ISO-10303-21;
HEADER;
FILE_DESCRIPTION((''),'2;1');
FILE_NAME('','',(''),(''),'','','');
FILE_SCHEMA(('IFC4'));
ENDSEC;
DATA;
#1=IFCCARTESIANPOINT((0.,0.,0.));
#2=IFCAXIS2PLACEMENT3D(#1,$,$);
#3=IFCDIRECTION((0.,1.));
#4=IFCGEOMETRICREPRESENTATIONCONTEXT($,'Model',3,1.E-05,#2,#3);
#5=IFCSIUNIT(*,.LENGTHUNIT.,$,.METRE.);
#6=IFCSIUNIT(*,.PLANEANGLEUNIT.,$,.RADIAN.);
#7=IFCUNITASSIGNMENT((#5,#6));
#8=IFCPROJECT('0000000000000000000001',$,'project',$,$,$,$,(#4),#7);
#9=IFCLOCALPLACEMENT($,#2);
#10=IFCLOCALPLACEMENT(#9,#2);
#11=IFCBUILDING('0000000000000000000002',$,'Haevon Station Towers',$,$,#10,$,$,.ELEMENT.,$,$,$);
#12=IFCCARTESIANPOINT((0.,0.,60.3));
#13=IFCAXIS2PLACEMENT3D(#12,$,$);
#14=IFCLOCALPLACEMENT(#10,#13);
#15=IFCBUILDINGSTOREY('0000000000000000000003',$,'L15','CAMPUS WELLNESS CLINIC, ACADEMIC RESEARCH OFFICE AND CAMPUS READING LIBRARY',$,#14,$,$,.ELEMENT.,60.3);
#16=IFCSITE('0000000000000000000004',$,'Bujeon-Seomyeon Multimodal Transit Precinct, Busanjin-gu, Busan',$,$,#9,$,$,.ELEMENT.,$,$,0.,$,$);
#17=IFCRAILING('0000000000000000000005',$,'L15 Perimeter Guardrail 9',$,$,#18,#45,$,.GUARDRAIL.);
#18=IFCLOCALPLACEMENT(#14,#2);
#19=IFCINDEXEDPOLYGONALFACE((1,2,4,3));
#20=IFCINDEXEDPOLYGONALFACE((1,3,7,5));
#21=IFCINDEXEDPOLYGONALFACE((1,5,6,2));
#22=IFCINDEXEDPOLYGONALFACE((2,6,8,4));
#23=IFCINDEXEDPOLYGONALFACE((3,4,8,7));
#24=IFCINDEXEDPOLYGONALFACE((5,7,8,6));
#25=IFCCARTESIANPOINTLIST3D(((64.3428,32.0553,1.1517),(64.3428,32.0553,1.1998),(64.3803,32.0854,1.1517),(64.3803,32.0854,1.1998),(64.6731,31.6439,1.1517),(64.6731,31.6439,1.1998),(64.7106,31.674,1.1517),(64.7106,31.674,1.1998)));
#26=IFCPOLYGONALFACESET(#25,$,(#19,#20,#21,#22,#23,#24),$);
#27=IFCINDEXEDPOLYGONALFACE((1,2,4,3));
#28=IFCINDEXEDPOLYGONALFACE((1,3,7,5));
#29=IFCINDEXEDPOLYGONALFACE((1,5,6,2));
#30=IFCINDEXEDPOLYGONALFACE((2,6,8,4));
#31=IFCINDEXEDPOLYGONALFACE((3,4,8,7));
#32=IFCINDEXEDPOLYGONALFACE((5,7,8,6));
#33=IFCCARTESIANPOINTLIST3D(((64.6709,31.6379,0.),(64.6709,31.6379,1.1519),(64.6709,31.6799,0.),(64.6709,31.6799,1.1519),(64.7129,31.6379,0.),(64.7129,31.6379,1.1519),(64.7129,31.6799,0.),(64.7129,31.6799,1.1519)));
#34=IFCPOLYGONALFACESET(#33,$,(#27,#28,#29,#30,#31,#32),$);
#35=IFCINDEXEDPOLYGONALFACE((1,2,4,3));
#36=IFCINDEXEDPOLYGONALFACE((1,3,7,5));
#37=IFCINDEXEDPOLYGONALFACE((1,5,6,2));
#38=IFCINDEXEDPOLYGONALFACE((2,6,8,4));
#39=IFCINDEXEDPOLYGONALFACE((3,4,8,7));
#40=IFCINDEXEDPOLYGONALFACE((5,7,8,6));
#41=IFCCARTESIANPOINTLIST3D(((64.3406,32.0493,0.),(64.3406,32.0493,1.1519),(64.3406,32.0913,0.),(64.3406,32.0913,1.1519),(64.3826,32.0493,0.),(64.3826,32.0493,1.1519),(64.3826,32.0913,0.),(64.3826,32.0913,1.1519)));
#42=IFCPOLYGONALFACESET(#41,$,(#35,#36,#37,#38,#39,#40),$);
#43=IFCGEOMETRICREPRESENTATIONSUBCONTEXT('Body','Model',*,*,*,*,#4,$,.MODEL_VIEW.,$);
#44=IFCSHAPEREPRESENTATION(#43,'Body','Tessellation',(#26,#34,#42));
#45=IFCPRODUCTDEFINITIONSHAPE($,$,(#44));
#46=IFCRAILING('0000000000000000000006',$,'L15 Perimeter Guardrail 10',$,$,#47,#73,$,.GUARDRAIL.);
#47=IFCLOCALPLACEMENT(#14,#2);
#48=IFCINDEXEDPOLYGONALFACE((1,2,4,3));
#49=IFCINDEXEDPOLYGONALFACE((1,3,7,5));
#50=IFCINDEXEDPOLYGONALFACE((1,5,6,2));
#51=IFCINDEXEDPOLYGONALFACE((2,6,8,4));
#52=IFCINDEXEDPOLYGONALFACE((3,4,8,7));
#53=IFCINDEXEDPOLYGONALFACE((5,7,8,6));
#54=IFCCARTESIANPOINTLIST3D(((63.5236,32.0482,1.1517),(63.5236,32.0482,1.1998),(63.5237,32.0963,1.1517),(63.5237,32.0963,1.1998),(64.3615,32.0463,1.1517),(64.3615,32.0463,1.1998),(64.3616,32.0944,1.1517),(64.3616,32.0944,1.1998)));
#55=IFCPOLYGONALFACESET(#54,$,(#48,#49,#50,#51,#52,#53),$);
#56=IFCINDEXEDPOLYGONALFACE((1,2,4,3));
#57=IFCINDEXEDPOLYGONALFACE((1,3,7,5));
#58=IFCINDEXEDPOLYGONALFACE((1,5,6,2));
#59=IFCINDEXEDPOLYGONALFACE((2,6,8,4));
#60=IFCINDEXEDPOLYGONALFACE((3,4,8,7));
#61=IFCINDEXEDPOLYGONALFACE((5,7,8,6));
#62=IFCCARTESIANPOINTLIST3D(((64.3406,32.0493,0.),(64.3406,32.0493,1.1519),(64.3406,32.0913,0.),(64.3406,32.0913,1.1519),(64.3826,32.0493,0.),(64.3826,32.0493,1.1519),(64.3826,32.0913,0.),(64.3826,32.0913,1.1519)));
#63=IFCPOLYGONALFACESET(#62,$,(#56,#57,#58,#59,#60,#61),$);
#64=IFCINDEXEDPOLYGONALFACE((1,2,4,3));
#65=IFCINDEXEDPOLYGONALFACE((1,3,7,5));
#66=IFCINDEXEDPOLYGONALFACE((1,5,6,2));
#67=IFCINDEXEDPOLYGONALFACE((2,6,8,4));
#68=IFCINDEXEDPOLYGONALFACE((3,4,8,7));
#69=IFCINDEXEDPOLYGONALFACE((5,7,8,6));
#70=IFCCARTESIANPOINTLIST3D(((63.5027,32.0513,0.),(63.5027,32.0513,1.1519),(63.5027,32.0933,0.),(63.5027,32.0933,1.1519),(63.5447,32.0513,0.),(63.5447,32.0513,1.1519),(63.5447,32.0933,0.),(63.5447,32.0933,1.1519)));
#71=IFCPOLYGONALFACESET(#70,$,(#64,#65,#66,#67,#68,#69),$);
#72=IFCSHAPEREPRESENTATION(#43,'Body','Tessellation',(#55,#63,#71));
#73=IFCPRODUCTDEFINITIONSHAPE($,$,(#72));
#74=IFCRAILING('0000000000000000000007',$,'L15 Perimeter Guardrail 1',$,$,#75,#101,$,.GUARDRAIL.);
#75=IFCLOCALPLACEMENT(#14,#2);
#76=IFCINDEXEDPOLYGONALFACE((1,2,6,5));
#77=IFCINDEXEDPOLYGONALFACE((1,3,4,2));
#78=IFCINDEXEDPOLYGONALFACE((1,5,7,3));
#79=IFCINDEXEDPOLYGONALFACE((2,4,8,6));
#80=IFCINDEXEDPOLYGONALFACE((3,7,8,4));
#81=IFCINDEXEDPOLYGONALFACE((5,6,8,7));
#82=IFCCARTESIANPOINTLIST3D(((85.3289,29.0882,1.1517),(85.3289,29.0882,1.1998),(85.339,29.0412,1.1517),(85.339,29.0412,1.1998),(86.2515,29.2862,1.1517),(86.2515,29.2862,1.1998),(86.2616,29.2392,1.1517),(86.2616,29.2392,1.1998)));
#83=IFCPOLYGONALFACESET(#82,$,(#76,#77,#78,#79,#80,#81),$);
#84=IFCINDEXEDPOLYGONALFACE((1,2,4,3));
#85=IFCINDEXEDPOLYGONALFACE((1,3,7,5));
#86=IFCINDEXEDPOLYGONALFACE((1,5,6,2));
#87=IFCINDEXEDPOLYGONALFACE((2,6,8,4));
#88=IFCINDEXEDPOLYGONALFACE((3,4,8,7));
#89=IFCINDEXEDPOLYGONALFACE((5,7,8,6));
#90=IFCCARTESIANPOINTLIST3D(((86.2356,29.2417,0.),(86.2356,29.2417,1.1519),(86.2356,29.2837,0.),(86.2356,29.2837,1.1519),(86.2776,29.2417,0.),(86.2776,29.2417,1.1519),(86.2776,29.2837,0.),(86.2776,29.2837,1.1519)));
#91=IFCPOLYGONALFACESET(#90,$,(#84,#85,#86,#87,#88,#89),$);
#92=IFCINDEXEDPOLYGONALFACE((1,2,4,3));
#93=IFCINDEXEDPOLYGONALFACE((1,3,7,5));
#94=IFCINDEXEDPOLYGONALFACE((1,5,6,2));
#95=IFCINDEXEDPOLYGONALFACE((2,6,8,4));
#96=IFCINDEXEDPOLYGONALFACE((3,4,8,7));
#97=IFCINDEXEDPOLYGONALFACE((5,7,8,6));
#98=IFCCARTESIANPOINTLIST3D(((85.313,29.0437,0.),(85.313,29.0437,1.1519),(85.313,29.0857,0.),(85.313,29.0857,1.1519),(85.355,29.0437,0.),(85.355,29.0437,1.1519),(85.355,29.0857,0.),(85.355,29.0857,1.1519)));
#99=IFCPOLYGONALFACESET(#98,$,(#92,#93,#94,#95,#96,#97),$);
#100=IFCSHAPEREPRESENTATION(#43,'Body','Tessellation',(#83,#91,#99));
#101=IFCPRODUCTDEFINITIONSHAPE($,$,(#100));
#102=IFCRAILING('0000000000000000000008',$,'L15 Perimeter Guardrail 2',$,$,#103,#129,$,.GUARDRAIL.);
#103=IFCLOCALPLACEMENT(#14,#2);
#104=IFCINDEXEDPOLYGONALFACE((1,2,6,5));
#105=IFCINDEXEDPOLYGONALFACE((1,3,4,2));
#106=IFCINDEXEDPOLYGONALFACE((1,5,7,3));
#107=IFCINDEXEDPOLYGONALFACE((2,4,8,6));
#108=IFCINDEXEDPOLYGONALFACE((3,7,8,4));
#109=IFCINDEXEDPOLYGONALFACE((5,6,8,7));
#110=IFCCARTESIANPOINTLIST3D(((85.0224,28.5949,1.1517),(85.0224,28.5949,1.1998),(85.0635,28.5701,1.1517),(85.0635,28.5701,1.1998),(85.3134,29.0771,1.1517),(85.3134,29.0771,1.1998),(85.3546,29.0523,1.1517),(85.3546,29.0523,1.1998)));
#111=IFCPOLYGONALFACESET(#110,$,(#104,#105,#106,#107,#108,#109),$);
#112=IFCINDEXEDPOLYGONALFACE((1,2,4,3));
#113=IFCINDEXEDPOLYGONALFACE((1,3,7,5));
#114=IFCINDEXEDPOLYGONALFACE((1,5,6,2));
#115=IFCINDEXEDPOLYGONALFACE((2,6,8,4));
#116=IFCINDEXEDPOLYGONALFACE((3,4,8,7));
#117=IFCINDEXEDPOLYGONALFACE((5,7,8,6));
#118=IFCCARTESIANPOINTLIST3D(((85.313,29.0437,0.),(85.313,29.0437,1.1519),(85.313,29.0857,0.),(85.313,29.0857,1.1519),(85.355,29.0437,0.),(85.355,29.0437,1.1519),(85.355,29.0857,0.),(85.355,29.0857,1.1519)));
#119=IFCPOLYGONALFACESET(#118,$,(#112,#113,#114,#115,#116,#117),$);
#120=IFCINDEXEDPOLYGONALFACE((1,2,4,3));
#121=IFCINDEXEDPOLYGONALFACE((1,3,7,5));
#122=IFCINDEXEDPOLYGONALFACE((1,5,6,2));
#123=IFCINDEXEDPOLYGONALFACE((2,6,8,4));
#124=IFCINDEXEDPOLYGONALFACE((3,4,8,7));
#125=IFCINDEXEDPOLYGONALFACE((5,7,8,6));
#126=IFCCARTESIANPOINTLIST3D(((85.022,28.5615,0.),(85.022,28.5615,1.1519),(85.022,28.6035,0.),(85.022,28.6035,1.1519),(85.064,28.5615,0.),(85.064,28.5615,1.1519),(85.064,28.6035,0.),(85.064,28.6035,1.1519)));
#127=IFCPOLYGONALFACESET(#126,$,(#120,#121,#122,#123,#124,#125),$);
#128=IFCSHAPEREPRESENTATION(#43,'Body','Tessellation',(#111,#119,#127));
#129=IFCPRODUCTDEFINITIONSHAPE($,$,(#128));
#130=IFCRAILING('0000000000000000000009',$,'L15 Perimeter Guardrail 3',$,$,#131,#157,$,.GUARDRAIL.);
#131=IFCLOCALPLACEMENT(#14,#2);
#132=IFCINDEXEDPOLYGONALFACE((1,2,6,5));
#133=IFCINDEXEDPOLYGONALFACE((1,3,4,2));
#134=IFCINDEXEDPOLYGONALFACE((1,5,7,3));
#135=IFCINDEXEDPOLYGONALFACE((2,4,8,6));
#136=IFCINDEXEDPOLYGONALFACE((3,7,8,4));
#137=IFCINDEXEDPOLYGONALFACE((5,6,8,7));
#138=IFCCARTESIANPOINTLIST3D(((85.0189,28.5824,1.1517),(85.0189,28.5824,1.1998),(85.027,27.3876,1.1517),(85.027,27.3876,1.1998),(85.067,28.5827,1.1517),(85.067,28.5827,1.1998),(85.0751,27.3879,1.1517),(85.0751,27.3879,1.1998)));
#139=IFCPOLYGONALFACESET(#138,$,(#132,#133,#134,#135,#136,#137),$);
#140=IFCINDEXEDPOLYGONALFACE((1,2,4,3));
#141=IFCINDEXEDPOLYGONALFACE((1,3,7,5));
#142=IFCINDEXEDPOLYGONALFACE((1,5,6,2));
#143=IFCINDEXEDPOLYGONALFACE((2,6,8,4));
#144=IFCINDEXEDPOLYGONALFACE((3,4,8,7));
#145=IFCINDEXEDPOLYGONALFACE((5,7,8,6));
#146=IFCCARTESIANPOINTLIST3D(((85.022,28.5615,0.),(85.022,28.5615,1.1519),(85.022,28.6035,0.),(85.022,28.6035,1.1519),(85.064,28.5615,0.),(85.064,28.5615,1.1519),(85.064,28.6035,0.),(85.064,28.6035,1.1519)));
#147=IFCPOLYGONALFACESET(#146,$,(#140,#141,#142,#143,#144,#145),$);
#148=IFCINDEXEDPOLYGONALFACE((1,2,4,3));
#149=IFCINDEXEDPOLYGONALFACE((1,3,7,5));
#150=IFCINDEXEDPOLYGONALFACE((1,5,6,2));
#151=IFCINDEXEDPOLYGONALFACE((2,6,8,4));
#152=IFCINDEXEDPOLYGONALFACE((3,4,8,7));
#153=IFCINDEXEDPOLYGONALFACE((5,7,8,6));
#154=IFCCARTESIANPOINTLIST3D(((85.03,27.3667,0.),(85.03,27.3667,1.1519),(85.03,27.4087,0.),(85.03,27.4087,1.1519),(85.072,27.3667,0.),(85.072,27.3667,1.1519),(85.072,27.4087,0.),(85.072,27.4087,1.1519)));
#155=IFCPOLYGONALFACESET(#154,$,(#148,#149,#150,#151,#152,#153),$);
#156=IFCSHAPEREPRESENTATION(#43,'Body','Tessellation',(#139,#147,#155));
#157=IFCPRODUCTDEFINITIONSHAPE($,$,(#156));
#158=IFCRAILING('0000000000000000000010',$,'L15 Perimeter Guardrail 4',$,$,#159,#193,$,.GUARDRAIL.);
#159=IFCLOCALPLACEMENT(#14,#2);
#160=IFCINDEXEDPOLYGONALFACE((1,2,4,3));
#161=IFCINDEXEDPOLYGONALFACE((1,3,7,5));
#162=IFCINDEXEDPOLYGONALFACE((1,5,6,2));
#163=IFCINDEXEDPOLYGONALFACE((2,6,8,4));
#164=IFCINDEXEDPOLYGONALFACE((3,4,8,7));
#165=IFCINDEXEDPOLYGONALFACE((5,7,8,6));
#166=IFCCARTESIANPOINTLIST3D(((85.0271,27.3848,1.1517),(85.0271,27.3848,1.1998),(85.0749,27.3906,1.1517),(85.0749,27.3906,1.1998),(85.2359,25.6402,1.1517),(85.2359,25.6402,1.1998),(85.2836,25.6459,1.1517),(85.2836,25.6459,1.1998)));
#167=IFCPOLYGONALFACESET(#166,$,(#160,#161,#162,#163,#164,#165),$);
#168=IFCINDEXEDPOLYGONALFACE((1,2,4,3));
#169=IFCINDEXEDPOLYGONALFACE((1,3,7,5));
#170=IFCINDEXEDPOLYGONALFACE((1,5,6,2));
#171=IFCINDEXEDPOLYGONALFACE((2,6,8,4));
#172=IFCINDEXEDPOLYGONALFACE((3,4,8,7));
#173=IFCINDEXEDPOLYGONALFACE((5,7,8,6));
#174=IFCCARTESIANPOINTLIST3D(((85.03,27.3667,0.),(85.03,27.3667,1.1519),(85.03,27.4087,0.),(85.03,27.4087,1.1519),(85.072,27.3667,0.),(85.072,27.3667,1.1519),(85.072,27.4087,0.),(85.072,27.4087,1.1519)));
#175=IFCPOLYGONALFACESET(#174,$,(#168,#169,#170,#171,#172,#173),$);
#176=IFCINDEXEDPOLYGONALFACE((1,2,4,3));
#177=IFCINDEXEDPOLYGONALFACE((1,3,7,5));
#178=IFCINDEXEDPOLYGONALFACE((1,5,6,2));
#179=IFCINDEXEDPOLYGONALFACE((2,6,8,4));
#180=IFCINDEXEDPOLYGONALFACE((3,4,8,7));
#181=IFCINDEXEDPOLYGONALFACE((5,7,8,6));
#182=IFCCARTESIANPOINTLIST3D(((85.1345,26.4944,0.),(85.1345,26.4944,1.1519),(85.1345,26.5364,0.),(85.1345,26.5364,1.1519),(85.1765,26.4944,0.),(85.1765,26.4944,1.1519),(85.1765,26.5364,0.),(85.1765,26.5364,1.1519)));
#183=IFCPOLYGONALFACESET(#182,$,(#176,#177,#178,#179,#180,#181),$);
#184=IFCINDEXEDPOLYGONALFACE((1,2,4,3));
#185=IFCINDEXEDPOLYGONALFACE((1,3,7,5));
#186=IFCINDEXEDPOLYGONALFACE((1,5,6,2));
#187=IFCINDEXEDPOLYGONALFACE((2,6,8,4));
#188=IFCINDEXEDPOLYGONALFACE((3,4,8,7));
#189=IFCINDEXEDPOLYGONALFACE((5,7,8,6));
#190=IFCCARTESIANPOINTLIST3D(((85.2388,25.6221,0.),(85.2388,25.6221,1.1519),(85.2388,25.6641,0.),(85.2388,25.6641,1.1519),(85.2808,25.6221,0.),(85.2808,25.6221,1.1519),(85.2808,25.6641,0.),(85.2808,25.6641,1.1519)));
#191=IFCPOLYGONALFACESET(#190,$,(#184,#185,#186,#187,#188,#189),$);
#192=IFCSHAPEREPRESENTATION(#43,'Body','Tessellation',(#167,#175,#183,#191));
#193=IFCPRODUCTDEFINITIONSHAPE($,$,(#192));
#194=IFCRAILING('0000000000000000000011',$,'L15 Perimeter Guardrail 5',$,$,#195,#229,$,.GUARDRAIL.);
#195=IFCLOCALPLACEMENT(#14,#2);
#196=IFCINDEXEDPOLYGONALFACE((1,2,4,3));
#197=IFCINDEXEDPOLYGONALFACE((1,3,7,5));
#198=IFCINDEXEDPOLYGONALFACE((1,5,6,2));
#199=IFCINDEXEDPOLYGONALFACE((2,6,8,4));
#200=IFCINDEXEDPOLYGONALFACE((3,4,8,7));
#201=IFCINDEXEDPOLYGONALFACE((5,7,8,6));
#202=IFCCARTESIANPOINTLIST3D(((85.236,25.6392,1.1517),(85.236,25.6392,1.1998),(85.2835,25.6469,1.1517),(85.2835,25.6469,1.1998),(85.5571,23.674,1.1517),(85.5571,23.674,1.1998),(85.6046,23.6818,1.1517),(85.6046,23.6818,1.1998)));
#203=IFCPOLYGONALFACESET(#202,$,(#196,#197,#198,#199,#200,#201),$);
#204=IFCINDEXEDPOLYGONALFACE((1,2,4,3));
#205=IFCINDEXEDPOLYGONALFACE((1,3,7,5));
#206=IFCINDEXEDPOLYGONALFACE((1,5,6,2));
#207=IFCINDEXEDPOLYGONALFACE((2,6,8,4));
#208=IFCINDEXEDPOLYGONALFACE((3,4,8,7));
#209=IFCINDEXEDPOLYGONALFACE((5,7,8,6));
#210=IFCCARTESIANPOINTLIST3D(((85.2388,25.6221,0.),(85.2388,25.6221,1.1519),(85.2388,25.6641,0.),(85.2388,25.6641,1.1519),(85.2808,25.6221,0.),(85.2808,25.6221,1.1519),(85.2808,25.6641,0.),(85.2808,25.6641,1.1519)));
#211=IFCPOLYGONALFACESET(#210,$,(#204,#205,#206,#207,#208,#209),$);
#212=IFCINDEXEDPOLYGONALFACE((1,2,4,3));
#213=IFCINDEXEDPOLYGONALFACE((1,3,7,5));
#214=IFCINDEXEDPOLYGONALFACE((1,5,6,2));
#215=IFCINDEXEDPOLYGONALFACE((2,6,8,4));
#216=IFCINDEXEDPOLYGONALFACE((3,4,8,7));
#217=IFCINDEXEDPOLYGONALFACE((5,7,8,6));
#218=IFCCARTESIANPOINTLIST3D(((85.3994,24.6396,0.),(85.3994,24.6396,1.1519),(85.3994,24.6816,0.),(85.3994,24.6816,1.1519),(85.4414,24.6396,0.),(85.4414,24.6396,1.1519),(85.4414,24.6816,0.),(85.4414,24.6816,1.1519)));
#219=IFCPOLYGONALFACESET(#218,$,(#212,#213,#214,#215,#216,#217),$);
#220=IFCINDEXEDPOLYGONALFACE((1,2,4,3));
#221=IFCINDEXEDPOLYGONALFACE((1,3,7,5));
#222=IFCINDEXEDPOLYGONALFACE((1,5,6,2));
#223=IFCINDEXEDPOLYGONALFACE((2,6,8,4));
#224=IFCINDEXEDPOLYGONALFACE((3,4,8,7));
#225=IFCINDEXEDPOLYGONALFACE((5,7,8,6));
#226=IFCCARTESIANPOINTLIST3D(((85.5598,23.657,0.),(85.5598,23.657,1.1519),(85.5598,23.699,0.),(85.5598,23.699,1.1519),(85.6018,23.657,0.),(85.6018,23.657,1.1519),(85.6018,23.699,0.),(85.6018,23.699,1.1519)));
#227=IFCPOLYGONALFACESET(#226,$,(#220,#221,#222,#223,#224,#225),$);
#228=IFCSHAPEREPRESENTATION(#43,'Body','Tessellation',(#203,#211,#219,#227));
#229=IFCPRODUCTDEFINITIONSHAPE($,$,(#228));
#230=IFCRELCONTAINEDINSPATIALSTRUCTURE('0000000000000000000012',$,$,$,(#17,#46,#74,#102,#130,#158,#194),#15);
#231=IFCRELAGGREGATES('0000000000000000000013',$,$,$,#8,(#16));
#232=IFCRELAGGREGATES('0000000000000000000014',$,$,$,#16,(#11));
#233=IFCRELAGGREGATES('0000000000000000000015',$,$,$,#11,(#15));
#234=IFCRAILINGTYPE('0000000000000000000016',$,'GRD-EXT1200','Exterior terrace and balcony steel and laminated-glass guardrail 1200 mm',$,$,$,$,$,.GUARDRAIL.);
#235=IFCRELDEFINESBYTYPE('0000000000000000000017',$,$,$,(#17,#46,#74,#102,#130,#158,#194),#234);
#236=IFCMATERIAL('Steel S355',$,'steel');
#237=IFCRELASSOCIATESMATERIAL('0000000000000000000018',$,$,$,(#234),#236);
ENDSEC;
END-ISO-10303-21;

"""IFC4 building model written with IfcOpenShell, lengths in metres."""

from ifc_helpers import new_model, si_unit, direction, frame, origin, origin_2d, place, context, subcontext, project, spatial, rectangle, extrude, material, type_object, element, save


model = new_model("IFC4")

# Units and contexts
model_context = context("Model", 3, precision=1e-05, world=origin(), true_north=direction((0.0, 1.0)))
body_context = subcontext(model_context, "Body", "Model", "MODEL_VIEW")
ifc_project = project(units=[si_unit("LENGTHUNIT", "METRE"), si_unit("PLANEANGLEUNIT", "RADIAN")], contexts=[model_context])

# Site, building, storey
site_placement = place(None, origin())
site = spatial("IfcSite", under=ifc_project, at=site_placement, Name="Bujeon-Seomyeon Multimodal Transit Precinct, Busanjin-gu, Busan", CompositionType="ELEMENT", RefElevation=0.0)
building_placement = place(site_placement, origin())
building = spatial("IfcBuilding", under=site, at=building_placement, Name="Haevon Station Towers", CompositionType="ELEMENT")
storey_placement = place(building_placement, frame((0.0, 0.0, 60.3)))
storey = spatial("IfcBuildingStorey", under=building, at=storey_placement, Name="L15", Description="CAMPUS WELLNESS CLINIC, ACADEMIC RESEARCH OFFICE AND CAMPUS READING LIBRARY", CompositionType="ELEMENT", Elevation=60.3)

# Shared definitions
ifc_material_1 = material(Name="Steel S355", Category="steel")

# Railings
railing_type = type_object("IfcRailingType", Name="GRD-EXT1200", Description="Exterior terrace and balcony steel and laminated-glass guardrail 1200 mm", PredefinedType="GUARDRAIL", material=ifc_material_1)
railing_1_placement = place(storey_placement, frame((64.6919, 31.6589, 0.0)))
element("IfcRailing", 1, at=railing_1_placement, inside=storey, type_object=railing_type, Name="L15 Perimeter Guardrail 9", PredefinedType="GUARDRAIL", context=body_context, shape_type="SweptSolid", body=[
    extrude(rectangle(XDim=0.0481, YDim=0.0481, at=origin_2d()), frame((0.0, 0.0, 1.1758), z_axis=(-0.626105, 0.779739, 0.0), x_axis=(-0.779739, -0.626105, 0.0)), (0.0, 0.0, 1.0), 0.5276),
    extrude(rectangle(XDim=0.042, YDim=0.042, at=origin_2d()), origin(), (0.0, 0.0, 1.0), 1.1519),
    extrude(rectangle(XDim=0.042, YDim=0.042, at=origin_2d()), frame((-0.3303, 0.4114, 0.0)), (0.0, 0.0, 1.0), 1.1519),
])
railing_2_placement = place(storey_placement, frame((64.3616, 32.0703, 0.0)))
element("IfcRailing", 2, at=railing_2_placement, inside=storey, type_object=railing_type, Name="L15 Perimeter Guardrail 10", PredefinedType="GUARDRAIL", context=body_context, shape_type="SweptSolid", body=[
    extrude(rectangle(XDim=0.0481, YDim=0.0481, at=origin_2d()), frame((0.0, 0.0, 1.1758), z_axis=(-0.999997, 0.002331, 0.0), x_axis=(-0.002331, -0.999997, 0.0)), (0.0, 0.0, 1.0), 0.8379),
    extrude(rectangle(XDim=0.042, YDim=0.042, at=origin_2d()), origin(), (0.0, 0.0, 1.0), 1.1519),
    extrude(rectangle(XDim=0.042, YDim=0.042, at=origin_2d()), frame((-0.8379, 0.002, 0.0)), (0.0, 0.0, 1.0), 1.1519),
])
railing_3_placement = place(storey_placement, frame((86.2566, 29.2627, 0.0)))
element("IfcRailing", 3, at=railing_3_placement, inside=storey, type_object=railing_type, Name="L15 Perimeter Guardrail 1", PredefinedType="GUARDRAIL", context=body_context, shape_type="SweptSolid", body=[
    extrude(rectangle(XDim=0.0481, YDim=0.0481, at=origin_2d()), frame((0.0, 0.0, 1.1758), z_axis=(-0.977738, -0.209829, 0.0), x_axis=(0.209829, -0.977738, 0.0)), (0.0, 0.0, 1.0), 0.9436),
    extrude(rectangle(XDim=0.042, YDim=0.042, at=origin_2d()), origin(), (0.0, 0.0, 1.0), 1.1519),
    extrude(rectangle(XDim=0.042, YDim=0.042, at=origin_2d()), frame((-0.9226, -0.198, 0.0)), (0.0, 0.0, 1.0), 1.1519),
])
railing_4_placement = place(storey_placement, frame((85.334, 29.0647, 0.0)))
element("IfcRailing", 4, at=railing_4_placement, inside=storey, type_object=railing_type, Name="L15 Perimeter Guardrail 2", PredefinedType="GUARDRAIL", context=body_context, shape_type="SweptSolid", body=[
    extrude(rectangle(XDim=0.0481, YDim=0.0481, at=origin_2d()), frame((0.0, 0.0, 1.1758), z_axis=(-0.516725, -0.856151, 0.0), x_axis=(0.856151, -0.516725, 0.0)), (0.0, 0.0, 1.0), 0.5632),
    extrude(rectangle(XDim=0.042, YDim=0.042, at=origin_2d()), origin(), (0.0, 0.0, 1.0), 1.1519),
    extrude(rectangle(XDim=0.042, YDim=0.042, at=origin_2d()), frame((-0.291, -0.4822, 0.0)), (0.0, 0.0, 1.0), 1.1519),
])
railing_5_placement = place(storey_placement, frame((85.043, 28.5825, 0.0)))
element("IfcRailing", 5, at=railing_5_placement, inside=storey, type_object=railing_type, Name="L15 Perimeter Guardrail 3", PredefinedType="GUARDRAIL", context=body_context, shape_type="SweptSolid", body=[
    extrude(rectangle(XDim=0.0481, YDim=0.0481, at=origin_2d()), frame((0.0, 0.0, 1.1758), z_axis=(0.006743, -0.999977, 0.0), x_axis=(0.999977, 0.006743, 0.0)), (0.0, 0.0, 1.0), 1.1948),
    extrude(rectangle(XDim=0.042, YDim=0.042, at=origin_2d()), origin(), (0.0, 0.0, 1.0), 1.1519),
    extrude(rectangle(XDim=0.042, YDim=0.042, at=origin_2d()), frame((0.0081, -1.1948, 0.0)), (0.0, 0.0, 1.0), 1.1519),
])
railing_6_placement = place(storey_placement, frame((85.051, 27.3877, 0.0)))
element("IfcRailing", 6, at=railing_6_placement, inside=storey, type_object=railing_type, Name="L15 Perimeter Guardrail 4", PredefinedType="GUARDRAIL", context=body_context, shape_type="SweptSolid", body=[
    extrude(rectangle(XDim=0.0481, YDim=0.0481, at=origin_2d()), frame((0.0, 0.0, 1.1758), z_axis=(0.1188, -0.992918, 0.0), x_axis=(0.992918, 0.1188, 0.0)), (0.0, 0.0, 1.0), 1.7571),
    extrude(rectangle(XDim=0.042, YDim=0.042, at=origin_2d()), origin(), (0.0, 0.0, 1.0), 1.1519),
    extrude(rectangle(XDim=0.042, YDim=0.042, at=origin_2d()), frame((0.1045, -0.8723, 0.0)), (0.0, 0.0, 1.0), 1.1519),
    extrude(rectangle(XDim=0.042, YDim=0.042, at=origin_2d()), frame((0.2087, -1.7446, 0.0)), (0.0, 0.0, 1.0), 1.1519),
])
railing_7_placement = place(storey_placement, frame((85.2598, 25.6431, 0.0)))
element("IfcRailing", 7, at=railing_7_placement, inside=storey, type_object=railing_type, Name="L15 Perimeter Guardrail 5", PredefinedType="GUARDRAIL", context=body_context, shape_type="SweptSolid", body=[
    extrude(rectangle(XDim=0.0481, YDim=0.0481, at=origin_2d()), frame((0.0, 0.0, 1.1758), z_axis=(0.161237, -0.986916, 0.0), x_axis=(0.986916, 0.161237, 0.0)), (0.0, 0.0, 1.0), 1.9912),
    extrude(rectangle(XDim=0.042, YDim=0.042, at=origin_2d()), origin(), (0.0, 0.0, 1.0), 1.1519),
    extrude(rectangle(XDim=0.042, YDim=0.042, at=origin_2d()), frame((0.1606, -0.9824, 0.0)), (0.0, 0.0, 1.0), 1.1519),
    extrude(rectangle(XDim=0.042, YDim=0.042, at=origin_2d()), frame((0.321, -1.9651, 0.0)), (0.0, 0.0, 1.0), 1.1519),
])

save(model, "model.ifc")
